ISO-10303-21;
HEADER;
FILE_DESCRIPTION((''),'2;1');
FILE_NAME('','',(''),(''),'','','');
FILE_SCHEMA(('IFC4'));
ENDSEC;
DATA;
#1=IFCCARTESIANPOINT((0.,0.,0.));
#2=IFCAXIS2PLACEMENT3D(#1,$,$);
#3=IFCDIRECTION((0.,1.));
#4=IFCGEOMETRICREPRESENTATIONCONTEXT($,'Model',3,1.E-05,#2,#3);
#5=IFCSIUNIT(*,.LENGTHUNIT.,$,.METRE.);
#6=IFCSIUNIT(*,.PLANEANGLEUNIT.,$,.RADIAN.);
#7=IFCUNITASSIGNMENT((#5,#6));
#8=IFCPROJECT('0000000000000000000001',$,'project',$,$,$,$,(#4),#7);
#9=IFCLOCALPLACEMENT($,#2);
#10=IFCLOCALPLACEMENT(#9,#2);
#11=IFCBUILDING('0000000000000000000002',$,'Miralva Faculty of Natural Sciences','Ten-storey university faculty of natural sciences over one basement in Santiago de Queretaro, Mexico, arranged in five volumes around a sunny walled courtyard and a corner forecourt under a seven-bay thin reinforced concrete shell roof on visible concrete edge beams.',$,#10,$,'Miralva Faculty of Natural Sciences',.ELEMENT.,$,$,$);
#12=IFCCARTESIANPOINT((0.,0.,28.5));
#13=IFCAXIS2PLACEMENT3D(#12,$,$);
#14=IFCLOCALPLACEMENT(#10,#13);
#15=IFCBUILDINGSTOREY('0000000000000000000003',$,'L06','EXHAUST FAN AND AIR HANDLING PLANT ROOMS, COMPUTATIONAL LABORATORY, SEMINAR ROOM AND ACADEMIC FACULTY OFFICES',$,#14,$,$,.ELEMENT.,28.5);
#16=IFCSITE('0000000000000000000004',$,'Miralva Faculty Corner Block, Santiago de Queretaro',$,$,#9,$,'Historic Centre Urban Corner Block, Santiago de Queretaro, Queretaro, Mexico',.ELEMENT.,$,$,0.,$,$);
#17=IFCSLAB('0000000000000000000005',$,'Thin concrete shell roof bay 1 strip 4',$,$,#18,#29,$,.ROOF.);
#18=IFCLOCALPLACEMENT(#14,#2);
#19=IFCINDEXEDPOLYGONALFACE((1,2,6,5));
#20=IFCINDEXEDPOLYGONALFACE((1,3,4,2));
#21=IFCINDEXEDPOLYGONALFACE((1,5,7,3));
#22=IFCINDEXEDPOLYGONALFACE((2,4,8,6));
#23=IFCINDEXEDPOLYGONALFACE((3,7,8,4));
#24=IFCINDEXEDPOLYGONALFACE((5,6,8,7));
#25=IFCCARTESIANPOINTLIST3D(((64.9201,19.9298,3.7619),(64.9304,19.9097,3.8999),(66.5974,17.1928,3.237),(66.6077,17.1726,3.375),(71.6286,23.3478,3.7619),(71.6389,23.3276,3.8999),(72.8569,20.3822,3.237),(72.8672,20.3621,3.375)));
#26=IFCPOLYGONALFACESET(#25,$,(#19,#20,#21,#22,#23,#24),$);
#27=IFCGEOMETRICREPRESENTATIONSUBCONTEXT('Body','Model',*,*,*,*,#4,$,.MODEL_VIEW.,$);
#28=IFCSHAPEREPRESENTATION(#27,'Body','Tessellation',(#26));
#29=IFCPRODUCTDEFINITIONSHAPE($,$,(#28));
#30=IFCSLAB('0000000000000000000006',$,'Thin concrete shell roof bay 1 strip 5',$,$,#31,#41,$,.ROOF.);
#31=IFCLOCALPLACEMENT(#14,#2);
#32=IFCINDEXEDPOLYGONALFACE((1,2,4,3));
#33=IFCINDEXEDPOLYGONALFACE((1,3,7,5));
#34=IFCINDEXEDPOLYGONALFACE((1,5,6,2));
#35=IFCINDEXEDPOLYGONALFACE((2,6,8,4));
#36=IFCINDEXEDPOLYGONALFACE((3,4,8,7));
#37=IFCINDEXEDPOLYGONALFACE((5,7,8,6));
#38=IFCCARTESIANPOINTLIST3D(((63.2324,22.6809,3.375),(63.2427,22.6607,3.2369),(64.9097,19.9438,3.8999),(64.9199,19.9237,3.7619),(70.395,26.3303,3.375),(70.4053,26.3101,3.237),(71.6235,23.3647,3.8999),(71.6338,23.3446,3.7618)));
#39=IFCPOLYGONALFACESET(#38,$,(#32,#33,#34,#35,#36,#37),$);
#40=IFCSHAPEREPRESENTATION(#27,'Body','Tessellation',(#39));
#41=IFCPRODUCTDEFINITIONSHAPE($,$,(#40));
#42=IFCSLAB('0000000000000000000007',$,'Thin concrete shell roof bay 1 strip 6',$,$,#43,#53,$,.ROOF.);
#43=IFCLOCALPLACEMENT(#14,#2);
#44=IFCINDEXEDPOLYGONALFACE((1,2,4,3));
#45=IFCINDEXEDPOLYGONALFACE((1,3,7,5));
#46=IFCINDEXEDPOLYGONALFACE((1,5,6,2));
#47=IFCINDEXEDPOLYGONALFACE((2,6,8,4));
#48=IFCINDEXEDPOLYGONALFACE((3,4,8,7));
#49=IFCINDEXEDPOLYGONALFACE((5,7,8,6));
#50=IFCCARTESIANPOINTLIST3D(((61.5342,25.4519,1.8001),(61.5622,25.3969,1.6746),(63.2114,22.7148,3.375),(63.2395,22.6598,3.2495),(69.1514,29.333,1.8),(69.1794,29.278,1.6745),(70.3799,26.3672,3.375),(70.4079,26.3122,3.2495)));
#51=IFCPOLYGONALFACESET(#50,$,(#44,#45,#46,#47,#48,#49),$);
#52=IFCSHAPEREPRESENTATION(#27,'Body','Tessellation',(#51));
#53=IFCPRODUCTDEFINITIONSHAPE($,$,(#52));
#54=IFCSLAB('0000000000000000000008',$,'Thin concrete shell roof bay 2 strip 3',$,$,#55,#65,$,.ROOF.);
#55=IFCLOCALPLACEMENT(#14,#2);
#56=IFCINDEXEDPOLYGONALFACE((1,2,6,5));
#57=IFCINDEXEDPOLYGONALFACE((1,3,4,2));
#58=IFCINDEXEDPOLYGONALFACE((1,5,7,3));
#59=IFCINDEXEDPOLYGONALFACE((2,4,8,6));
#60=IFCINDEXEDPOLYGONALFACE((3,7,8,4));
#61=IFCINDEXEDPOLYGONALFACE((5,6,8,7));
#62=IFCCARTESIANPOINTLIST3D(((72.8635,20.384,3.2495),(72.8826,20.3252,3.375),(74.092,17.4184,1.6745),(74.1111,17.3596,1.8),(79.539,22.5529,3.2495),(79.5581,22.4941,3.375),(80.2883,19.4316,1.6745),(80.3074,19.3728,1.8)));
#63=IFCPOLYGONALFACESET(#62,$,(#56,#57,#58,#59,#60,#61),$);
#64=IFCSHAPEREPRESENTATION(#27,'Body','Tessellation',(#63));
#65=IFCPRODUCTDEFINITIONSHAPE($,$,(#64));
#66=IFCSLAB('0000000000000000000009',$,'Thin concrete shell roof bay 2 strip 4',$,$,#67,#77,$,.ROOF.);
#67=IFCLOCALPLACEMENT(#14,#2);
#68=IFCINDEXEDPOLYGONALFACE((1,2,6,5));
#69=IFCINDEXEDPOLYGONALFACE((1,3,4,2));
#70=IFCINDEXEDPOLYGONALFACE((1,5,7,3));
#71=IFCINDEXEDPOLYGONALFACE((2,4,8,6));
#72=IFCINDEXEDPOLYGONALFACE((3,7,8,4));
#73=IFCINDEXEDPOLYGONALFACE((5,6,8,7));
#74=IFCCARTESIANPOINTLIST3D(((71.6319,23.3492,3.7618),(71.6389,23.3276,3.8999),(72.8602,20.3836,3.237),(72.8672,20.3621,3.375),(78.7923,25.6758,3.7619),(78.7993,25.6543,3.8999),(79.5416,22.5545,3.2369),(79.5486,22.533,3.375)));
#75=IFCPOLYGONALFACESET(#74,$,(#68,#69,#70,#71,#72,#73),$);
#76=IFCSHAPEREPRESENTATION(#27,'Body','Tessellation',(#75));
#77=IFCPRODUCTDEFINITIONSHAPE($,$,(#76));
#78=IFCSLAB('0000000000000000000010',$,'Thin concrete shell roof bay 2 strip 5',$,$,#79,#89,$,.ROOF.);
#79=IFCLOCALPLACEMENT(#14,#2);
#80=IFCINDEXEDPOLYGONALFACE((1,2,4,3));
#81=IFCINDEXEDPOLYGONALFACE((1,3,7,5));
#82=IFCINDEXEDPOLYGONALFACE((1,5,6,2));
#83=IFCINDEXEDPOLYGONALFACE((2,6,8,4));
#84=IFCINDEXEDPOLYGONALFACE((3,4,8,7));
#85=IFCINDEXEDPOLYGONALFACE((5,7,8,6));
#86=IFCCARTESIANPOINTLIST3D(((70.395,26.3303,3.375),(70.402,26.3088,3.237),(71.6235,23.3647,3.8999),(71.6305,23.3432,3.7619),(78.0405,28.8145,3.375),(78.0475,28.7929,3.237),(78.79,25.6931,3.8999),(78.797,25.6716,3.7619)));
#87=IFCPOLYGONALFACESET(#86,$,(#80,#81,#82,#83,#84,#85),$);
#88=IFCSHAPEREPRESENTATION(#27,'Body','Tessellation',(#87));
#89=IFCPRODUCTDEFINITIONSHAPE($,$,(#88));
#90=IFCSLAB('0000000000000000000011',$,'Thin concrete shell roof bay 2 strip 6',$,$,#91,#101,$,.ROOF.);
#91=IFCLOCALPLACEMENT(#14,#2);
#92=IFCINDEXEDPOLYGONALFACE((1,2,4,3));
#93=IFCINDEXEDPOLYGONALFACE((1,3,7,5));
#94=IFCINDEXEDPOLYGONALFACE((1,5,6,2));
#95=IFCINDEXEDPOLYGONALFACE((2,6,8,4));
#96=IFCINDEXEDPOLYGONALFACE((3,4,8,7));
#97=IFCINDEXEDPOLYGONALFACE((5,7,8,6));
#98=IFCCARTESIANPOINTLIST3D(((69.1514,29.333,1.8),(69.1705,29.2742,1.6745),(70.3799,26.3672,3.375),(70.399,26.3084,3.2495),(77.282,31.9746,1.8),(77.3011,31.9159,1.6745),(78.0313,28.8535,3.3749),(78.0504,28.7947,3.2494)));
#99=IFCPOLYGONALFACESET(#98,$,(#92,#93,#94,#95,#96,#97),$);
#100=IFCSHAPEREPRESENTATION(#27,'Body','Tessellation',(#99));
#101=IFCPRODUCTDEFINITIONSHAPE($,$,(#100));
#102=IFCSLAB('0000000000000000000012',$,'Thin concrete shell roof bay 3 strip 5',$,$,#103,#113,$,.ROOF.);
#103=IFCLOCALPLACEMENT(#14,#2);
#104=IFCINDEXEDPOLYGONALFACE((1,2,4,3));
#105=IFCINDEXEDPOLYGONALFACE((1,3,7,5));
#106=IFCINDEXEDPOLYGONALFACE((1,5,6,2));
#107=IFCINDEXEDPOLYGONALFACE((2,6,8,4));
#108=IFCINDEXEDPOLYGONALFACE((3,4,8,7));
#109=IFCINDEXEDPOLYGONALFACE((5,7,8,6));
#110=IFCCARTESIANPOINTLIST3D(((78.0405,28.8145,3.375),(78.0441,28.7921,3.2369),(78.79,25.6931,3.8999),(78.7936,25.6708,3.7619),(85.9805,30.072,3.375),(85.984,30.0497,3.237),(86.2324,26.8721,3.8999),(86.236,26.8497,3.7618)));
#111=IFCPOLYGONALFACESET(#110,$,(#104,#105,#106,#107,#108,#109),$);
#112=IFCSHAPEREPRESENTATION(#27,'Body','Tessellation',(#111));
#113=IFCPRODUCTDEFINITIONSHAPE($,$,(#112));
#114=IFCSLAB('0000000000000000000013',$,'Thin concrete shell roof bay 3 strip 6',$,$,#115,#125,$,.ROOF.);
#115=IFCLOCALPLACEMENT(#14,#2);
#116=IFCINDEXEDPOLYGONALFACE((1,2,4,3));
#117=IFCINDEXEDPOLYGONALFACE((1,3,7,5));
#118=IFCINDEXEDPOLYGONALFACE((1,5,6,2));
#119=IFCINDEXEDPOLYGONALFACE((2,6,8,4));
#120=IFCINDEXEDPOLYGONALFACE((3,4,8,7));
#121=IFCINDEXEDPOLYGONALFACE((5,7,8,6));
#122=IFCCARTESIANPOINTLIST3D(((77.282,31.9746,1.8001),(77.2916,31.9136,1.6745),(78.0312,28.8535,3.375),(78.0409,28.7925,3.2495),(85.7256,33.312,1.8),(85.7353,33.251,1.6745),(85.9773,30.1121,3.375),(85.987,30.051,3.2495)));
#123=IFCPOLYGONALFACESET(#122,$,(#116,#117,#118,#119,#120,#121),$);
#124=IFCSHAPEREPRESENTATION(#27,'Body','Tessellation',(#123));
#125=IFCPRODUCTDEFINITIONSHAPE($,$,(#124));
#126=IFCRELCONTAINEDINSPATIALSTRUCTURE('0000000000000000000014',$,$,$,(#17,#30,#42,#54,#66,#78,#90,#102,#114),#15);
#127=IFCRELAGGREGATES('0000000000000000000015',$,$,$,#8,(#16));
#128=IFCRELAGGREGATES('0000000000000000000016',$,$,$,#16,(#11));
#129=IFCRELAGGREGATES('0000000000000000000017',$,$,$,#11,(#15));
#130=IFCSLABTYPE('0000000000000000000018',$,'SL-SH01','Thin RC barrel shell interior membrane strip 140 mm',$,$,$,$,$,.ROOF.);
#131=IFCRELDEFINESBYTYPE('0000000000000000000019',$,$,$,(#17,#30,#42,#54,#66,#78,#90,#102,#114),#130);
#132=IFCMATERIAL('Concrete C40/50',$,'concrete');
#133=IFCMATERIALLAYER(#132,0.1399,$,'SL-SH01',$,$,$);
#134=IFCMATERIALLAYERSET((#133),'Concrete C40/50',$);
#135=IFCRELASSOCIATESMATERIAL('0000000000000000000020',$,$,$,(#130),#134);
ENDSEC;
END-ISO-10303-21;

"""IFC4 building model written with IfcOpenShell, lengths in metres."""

from ifc_helpers import new_model, si_unit, direction, frame, origin, place, context, subcontext, project, spatial, polyline, outline, extrude, material, layer, layer_set, type_object, element, save


model = new_model("IFC4")

# Units and contexts
model_context = context("Model", 3, precision=1e-05, world=origin(), true_north=direction((0.0, 1.0)))
body_context = subcontext(model_context, "Body", "Model", "MODEL_VIEW")
ifc_project = project(units=[si_unit("LENGTHUNIT", "METRE"), si_unit("PLANEANGLEUNIT", "RADIAN")], contexts=[model_context])

# Site, building, storey
site_placement = place(None, origin())
site = spatial("IfcSite", under=ifc_project, at=site_placement, Name="Miralva Faculty Corner Block, Santiago de Queretaro", LongName="Historic Centre Urban Corner Block, Santiago de Queretaro, Queretaro, Mexico", CompositionType="ELEMENT", RefElevation=0.0)
building_placement = place(site_placement, origin())
building = spatial("IfcBuilding", under=site, at=building_placement, Name="Miralva Faculty of Natural Sciences", Description="Ten-storey university faculty of natural sciences over one basement in Santiago de Queretaro, Mexico, arranged in five volumes around a sunny walled courtyard and a corner forecourt under a seven-bay thin reinforced concrete shell roof on visible concrete edge beams.", LongName="Miralva Faculty of Natural Sciences", CompositionType="ELEMENT")
storey_placement = place(building_placement, frame((0.0, 0.0, 28.5)))
storey = spatial("IfcBuildingStorey", under=building, at=storey_placement, Name="L06", Description="EXHAUST FAN AND AIR HANDLING PLANT ROOMS, COMPUTATIONAL LABORATORY, SEMINAR ROOM AND ACADEMIC FACULTY OFFICES", CompositionType="ELEMENT", Elevation=28.5)

# Shared definitions
ifc_material_1 = material(Name="Concrete C40/50", Category="concrete")

# Slabs
ifc_layer_1 = layer(ifc_material_1, 0.1399, Name="SL-SH01")
ifc_layer_set_1 = layer_set([ifc_layer_1], Name="Concrete C40/50")
slab_type = type_object("IfcSlabType", Name="SL-SH01", Description="Thin RC barrel shell interior membrane strip 140 mm", PredefinedType="ROOF", material=ifc_layer_set_1)
slab_1_placement = place(storey_placement, frame((66.6077, 17.1726, 3.375), z_axis=(0.073484, -0.144223, 0.986813), x_axis=(0.891003, 0.453998, 0.000002)))
element("IfcSlab", 1, at=slab_1_placement, inside=storey, type_object=slab_type, Name="Thin concrete shell roof bay 1 strip 4", PredefinedType="ROOF", context=body_context, shape_type="SweptSolid", body=[
    extrude(outline(polyline([(0.0, 0.0), (7.0253, 0.0), (7.2772, 3.2427), (-0.2518, 3.243), (0.0, 0.0)])), origin(), (0.0, 0.0, -1.0), 0.1399),
])
slab_2_placement = place(storey_placement, frame((64.9097, 19.9438, 3.8999), z_axis=(-0.073483, 0.144221, 0.986813), x_axis=(0.891006, 0.453992, -0.000001)))
element("IfcSlab", 2, at=slab_2_placement, inside=storey, type_object=slab_type, Name="Thin concrete shell roof bay 1 strip 5", PredefinedType="ROOF", context=body_context, shape_type="SweptSolid", body=[
    extrude(outline(polyline([(0.0, 0.0), (7.5352, 0.0), (7.7869, 3.2428), (-0.2518, 3.243), (0.0, 0.0)])), origin(), (0.0, 0.0, -1.0), 0.1399),
])
slab_3_placement = place(storey_placement, frame((63.2114, 22.7148, 3.375), z_axis=(-0.200459, 0.393434, 0.897232), x_axis=(0.891014, 0.453975, 0.000003)))
element("IfcSlab", 3, at=slab_3_placement, inside=storey, type_object=slab_type, Name="Thin concrete shell roof bay 1 strip 6", PredefinedType="ROOF", context=body_context, shape_type="SweptSolid", body=[
    extrude(outline(polyline([(0.0, 0.0), (8.0453, 0.0), (8.2971, 3.5669), (-0.2519, 3.5667), (0.0, 0.0)])), origin(), (0.0, 0.0, -1.0), 0.1399),
])
slab_4_placement = place(storey_placement, frame((74.1111, 17.3596, 1.8), z_axis=(0.136449, -0.419966, 0.897223), x_axis=(0.951061, 0.309002, -0.000001)))
element("IfcSlab", 4, at=slab_4_placement, inside=storey, type_object=slab_type, Name="Thin concrete shell roof bay 2 strip 3", PredefinedType="ROOF", context=body_context, shape_type="SweptSolid", body=[
    extrude(outline(polyline([(0.0, 0.0), (6.5151, 0.0), (6.767, 3.5667), (-0.252, 3.5666), (0.0, 0.0)])), origin(), (0.0, 0.0, -1.0), 0.1399),
])
slab_5_placement = place(storey_placement, frame((72.8672, 20.3621, 3.375), z_axis=(0.05002, -0.153944, 0.986813), x_axis=(0.951057, 0.309015, -0.000001)))
element("IfcSlab", 5, at=slab_5_placement, inside=storey, type_object=slab_type, Name="Thin concrete shell roof bay 2 strip 4", PredefinedType="ROOF", context=body_context, shape_type="SweptSolid", body=[
    extrude(outline(polyline([(0.0, 0.0), (7.0252, 0.0), (7.2772, 3.2429), (-0.2518, 3.2428), (0.0, 0.0)])), origin(), (0.0, 0.0, -1.0), 0.1399),
])
slab_6_placement = place(storey_placement, frame((71.6235, 23.3647, 3.8999), z_axis=(-0.050016, 0.153941, 0.986813), x_axis=(0.951063, 0.308997, 0.000001)))
element("IfcSlab", 6, at=slab_6_placement, inside=storey, type_object=slab_type, Name="Thin concrete shell roof bay 2 strip 5", PredefinedType="ROOF", context=body_context, shape_type="SweptSolid", body=[
    extrude(outline(polyline([(0.0, 0.0), (7.5353, 0.0), (7.7869, 3.2429), (-0.252, 3.2428), (0.0, 0.0)])), origin(), (0.0, 0.0, -1.0), 0.1399),
])
slab_7_placement = place(storey_placement, frame((70.3799, 26.3672, 3.375), z_axis=(-0.136456, 0.419964, 0.897223), x_axis=(0.951049, 0.30904, -0.00001)))
element("IfcSlab", 7, at=slab_7_placement, inside=storey, type_object=slab_type, Name="Thin concrete shell roof bay 2 strip 6", PredefinedType="ROOF", context=body_context, shape_type="SweptSolid", body=[
    extrude(outline(polyline([(0.0, 0.0), (8.0452, 0.0), (8.2972, 3.5665), (-0.2518, 3.5668), (0.0, 0.0)])), origin(), (0.0, 0.0, -1.0), 0.1399),
])
slab_8_placement = place(storey_placement, frame((78.79, 25.6931, 3.8999), z_axis=(-0.025323, 0.159872, 0.986813), x_axis=(0.987684, 0.15646, -0.000002)))
element("IfcSlab", 8, at=slab_8_placement, inside=storey, type_object=slab_type, Name="Thin concrete shell roof bay 3 strip 5", PredefinedType="ROOF", context=body_context, shape_type="SweptSolid", body=[
    extrude(outline(polyline([(0.0, 0.0), (7.5352, 0.0), (7.787, 3.2427), (-0.2519, 3.2429), (0.0, 0.0)])), origin(), (0.0, 0.0, -1.0), 0.1399),
])
slab_9_placement = place(storey_placement, frame((78.0312, 28.8535, 3.375), z_axis=(-0.069083, 0.43616, 0.897214), x_axis=(0.987688, 0.156437, 0.000001)))
element("IfcSlab", 9, at=slab_9_placement, inside=storey, type_object=slab_type, Name="Thin concrete shell roof bay 3 strip 6", PredefinedType="ROOF", context=body_context, shape_type="SweptSolid", body=[
    extrude(outline(polyline([(0.0, 0.0), (8.0451, 0.0), (8.2971, 3.5665), (-0.2518, 3.5665), (0.0, 0.0)])), origin(), (0.0, 0.0, -1.0), 0.1399),
])

save(model, "model.ifc")
